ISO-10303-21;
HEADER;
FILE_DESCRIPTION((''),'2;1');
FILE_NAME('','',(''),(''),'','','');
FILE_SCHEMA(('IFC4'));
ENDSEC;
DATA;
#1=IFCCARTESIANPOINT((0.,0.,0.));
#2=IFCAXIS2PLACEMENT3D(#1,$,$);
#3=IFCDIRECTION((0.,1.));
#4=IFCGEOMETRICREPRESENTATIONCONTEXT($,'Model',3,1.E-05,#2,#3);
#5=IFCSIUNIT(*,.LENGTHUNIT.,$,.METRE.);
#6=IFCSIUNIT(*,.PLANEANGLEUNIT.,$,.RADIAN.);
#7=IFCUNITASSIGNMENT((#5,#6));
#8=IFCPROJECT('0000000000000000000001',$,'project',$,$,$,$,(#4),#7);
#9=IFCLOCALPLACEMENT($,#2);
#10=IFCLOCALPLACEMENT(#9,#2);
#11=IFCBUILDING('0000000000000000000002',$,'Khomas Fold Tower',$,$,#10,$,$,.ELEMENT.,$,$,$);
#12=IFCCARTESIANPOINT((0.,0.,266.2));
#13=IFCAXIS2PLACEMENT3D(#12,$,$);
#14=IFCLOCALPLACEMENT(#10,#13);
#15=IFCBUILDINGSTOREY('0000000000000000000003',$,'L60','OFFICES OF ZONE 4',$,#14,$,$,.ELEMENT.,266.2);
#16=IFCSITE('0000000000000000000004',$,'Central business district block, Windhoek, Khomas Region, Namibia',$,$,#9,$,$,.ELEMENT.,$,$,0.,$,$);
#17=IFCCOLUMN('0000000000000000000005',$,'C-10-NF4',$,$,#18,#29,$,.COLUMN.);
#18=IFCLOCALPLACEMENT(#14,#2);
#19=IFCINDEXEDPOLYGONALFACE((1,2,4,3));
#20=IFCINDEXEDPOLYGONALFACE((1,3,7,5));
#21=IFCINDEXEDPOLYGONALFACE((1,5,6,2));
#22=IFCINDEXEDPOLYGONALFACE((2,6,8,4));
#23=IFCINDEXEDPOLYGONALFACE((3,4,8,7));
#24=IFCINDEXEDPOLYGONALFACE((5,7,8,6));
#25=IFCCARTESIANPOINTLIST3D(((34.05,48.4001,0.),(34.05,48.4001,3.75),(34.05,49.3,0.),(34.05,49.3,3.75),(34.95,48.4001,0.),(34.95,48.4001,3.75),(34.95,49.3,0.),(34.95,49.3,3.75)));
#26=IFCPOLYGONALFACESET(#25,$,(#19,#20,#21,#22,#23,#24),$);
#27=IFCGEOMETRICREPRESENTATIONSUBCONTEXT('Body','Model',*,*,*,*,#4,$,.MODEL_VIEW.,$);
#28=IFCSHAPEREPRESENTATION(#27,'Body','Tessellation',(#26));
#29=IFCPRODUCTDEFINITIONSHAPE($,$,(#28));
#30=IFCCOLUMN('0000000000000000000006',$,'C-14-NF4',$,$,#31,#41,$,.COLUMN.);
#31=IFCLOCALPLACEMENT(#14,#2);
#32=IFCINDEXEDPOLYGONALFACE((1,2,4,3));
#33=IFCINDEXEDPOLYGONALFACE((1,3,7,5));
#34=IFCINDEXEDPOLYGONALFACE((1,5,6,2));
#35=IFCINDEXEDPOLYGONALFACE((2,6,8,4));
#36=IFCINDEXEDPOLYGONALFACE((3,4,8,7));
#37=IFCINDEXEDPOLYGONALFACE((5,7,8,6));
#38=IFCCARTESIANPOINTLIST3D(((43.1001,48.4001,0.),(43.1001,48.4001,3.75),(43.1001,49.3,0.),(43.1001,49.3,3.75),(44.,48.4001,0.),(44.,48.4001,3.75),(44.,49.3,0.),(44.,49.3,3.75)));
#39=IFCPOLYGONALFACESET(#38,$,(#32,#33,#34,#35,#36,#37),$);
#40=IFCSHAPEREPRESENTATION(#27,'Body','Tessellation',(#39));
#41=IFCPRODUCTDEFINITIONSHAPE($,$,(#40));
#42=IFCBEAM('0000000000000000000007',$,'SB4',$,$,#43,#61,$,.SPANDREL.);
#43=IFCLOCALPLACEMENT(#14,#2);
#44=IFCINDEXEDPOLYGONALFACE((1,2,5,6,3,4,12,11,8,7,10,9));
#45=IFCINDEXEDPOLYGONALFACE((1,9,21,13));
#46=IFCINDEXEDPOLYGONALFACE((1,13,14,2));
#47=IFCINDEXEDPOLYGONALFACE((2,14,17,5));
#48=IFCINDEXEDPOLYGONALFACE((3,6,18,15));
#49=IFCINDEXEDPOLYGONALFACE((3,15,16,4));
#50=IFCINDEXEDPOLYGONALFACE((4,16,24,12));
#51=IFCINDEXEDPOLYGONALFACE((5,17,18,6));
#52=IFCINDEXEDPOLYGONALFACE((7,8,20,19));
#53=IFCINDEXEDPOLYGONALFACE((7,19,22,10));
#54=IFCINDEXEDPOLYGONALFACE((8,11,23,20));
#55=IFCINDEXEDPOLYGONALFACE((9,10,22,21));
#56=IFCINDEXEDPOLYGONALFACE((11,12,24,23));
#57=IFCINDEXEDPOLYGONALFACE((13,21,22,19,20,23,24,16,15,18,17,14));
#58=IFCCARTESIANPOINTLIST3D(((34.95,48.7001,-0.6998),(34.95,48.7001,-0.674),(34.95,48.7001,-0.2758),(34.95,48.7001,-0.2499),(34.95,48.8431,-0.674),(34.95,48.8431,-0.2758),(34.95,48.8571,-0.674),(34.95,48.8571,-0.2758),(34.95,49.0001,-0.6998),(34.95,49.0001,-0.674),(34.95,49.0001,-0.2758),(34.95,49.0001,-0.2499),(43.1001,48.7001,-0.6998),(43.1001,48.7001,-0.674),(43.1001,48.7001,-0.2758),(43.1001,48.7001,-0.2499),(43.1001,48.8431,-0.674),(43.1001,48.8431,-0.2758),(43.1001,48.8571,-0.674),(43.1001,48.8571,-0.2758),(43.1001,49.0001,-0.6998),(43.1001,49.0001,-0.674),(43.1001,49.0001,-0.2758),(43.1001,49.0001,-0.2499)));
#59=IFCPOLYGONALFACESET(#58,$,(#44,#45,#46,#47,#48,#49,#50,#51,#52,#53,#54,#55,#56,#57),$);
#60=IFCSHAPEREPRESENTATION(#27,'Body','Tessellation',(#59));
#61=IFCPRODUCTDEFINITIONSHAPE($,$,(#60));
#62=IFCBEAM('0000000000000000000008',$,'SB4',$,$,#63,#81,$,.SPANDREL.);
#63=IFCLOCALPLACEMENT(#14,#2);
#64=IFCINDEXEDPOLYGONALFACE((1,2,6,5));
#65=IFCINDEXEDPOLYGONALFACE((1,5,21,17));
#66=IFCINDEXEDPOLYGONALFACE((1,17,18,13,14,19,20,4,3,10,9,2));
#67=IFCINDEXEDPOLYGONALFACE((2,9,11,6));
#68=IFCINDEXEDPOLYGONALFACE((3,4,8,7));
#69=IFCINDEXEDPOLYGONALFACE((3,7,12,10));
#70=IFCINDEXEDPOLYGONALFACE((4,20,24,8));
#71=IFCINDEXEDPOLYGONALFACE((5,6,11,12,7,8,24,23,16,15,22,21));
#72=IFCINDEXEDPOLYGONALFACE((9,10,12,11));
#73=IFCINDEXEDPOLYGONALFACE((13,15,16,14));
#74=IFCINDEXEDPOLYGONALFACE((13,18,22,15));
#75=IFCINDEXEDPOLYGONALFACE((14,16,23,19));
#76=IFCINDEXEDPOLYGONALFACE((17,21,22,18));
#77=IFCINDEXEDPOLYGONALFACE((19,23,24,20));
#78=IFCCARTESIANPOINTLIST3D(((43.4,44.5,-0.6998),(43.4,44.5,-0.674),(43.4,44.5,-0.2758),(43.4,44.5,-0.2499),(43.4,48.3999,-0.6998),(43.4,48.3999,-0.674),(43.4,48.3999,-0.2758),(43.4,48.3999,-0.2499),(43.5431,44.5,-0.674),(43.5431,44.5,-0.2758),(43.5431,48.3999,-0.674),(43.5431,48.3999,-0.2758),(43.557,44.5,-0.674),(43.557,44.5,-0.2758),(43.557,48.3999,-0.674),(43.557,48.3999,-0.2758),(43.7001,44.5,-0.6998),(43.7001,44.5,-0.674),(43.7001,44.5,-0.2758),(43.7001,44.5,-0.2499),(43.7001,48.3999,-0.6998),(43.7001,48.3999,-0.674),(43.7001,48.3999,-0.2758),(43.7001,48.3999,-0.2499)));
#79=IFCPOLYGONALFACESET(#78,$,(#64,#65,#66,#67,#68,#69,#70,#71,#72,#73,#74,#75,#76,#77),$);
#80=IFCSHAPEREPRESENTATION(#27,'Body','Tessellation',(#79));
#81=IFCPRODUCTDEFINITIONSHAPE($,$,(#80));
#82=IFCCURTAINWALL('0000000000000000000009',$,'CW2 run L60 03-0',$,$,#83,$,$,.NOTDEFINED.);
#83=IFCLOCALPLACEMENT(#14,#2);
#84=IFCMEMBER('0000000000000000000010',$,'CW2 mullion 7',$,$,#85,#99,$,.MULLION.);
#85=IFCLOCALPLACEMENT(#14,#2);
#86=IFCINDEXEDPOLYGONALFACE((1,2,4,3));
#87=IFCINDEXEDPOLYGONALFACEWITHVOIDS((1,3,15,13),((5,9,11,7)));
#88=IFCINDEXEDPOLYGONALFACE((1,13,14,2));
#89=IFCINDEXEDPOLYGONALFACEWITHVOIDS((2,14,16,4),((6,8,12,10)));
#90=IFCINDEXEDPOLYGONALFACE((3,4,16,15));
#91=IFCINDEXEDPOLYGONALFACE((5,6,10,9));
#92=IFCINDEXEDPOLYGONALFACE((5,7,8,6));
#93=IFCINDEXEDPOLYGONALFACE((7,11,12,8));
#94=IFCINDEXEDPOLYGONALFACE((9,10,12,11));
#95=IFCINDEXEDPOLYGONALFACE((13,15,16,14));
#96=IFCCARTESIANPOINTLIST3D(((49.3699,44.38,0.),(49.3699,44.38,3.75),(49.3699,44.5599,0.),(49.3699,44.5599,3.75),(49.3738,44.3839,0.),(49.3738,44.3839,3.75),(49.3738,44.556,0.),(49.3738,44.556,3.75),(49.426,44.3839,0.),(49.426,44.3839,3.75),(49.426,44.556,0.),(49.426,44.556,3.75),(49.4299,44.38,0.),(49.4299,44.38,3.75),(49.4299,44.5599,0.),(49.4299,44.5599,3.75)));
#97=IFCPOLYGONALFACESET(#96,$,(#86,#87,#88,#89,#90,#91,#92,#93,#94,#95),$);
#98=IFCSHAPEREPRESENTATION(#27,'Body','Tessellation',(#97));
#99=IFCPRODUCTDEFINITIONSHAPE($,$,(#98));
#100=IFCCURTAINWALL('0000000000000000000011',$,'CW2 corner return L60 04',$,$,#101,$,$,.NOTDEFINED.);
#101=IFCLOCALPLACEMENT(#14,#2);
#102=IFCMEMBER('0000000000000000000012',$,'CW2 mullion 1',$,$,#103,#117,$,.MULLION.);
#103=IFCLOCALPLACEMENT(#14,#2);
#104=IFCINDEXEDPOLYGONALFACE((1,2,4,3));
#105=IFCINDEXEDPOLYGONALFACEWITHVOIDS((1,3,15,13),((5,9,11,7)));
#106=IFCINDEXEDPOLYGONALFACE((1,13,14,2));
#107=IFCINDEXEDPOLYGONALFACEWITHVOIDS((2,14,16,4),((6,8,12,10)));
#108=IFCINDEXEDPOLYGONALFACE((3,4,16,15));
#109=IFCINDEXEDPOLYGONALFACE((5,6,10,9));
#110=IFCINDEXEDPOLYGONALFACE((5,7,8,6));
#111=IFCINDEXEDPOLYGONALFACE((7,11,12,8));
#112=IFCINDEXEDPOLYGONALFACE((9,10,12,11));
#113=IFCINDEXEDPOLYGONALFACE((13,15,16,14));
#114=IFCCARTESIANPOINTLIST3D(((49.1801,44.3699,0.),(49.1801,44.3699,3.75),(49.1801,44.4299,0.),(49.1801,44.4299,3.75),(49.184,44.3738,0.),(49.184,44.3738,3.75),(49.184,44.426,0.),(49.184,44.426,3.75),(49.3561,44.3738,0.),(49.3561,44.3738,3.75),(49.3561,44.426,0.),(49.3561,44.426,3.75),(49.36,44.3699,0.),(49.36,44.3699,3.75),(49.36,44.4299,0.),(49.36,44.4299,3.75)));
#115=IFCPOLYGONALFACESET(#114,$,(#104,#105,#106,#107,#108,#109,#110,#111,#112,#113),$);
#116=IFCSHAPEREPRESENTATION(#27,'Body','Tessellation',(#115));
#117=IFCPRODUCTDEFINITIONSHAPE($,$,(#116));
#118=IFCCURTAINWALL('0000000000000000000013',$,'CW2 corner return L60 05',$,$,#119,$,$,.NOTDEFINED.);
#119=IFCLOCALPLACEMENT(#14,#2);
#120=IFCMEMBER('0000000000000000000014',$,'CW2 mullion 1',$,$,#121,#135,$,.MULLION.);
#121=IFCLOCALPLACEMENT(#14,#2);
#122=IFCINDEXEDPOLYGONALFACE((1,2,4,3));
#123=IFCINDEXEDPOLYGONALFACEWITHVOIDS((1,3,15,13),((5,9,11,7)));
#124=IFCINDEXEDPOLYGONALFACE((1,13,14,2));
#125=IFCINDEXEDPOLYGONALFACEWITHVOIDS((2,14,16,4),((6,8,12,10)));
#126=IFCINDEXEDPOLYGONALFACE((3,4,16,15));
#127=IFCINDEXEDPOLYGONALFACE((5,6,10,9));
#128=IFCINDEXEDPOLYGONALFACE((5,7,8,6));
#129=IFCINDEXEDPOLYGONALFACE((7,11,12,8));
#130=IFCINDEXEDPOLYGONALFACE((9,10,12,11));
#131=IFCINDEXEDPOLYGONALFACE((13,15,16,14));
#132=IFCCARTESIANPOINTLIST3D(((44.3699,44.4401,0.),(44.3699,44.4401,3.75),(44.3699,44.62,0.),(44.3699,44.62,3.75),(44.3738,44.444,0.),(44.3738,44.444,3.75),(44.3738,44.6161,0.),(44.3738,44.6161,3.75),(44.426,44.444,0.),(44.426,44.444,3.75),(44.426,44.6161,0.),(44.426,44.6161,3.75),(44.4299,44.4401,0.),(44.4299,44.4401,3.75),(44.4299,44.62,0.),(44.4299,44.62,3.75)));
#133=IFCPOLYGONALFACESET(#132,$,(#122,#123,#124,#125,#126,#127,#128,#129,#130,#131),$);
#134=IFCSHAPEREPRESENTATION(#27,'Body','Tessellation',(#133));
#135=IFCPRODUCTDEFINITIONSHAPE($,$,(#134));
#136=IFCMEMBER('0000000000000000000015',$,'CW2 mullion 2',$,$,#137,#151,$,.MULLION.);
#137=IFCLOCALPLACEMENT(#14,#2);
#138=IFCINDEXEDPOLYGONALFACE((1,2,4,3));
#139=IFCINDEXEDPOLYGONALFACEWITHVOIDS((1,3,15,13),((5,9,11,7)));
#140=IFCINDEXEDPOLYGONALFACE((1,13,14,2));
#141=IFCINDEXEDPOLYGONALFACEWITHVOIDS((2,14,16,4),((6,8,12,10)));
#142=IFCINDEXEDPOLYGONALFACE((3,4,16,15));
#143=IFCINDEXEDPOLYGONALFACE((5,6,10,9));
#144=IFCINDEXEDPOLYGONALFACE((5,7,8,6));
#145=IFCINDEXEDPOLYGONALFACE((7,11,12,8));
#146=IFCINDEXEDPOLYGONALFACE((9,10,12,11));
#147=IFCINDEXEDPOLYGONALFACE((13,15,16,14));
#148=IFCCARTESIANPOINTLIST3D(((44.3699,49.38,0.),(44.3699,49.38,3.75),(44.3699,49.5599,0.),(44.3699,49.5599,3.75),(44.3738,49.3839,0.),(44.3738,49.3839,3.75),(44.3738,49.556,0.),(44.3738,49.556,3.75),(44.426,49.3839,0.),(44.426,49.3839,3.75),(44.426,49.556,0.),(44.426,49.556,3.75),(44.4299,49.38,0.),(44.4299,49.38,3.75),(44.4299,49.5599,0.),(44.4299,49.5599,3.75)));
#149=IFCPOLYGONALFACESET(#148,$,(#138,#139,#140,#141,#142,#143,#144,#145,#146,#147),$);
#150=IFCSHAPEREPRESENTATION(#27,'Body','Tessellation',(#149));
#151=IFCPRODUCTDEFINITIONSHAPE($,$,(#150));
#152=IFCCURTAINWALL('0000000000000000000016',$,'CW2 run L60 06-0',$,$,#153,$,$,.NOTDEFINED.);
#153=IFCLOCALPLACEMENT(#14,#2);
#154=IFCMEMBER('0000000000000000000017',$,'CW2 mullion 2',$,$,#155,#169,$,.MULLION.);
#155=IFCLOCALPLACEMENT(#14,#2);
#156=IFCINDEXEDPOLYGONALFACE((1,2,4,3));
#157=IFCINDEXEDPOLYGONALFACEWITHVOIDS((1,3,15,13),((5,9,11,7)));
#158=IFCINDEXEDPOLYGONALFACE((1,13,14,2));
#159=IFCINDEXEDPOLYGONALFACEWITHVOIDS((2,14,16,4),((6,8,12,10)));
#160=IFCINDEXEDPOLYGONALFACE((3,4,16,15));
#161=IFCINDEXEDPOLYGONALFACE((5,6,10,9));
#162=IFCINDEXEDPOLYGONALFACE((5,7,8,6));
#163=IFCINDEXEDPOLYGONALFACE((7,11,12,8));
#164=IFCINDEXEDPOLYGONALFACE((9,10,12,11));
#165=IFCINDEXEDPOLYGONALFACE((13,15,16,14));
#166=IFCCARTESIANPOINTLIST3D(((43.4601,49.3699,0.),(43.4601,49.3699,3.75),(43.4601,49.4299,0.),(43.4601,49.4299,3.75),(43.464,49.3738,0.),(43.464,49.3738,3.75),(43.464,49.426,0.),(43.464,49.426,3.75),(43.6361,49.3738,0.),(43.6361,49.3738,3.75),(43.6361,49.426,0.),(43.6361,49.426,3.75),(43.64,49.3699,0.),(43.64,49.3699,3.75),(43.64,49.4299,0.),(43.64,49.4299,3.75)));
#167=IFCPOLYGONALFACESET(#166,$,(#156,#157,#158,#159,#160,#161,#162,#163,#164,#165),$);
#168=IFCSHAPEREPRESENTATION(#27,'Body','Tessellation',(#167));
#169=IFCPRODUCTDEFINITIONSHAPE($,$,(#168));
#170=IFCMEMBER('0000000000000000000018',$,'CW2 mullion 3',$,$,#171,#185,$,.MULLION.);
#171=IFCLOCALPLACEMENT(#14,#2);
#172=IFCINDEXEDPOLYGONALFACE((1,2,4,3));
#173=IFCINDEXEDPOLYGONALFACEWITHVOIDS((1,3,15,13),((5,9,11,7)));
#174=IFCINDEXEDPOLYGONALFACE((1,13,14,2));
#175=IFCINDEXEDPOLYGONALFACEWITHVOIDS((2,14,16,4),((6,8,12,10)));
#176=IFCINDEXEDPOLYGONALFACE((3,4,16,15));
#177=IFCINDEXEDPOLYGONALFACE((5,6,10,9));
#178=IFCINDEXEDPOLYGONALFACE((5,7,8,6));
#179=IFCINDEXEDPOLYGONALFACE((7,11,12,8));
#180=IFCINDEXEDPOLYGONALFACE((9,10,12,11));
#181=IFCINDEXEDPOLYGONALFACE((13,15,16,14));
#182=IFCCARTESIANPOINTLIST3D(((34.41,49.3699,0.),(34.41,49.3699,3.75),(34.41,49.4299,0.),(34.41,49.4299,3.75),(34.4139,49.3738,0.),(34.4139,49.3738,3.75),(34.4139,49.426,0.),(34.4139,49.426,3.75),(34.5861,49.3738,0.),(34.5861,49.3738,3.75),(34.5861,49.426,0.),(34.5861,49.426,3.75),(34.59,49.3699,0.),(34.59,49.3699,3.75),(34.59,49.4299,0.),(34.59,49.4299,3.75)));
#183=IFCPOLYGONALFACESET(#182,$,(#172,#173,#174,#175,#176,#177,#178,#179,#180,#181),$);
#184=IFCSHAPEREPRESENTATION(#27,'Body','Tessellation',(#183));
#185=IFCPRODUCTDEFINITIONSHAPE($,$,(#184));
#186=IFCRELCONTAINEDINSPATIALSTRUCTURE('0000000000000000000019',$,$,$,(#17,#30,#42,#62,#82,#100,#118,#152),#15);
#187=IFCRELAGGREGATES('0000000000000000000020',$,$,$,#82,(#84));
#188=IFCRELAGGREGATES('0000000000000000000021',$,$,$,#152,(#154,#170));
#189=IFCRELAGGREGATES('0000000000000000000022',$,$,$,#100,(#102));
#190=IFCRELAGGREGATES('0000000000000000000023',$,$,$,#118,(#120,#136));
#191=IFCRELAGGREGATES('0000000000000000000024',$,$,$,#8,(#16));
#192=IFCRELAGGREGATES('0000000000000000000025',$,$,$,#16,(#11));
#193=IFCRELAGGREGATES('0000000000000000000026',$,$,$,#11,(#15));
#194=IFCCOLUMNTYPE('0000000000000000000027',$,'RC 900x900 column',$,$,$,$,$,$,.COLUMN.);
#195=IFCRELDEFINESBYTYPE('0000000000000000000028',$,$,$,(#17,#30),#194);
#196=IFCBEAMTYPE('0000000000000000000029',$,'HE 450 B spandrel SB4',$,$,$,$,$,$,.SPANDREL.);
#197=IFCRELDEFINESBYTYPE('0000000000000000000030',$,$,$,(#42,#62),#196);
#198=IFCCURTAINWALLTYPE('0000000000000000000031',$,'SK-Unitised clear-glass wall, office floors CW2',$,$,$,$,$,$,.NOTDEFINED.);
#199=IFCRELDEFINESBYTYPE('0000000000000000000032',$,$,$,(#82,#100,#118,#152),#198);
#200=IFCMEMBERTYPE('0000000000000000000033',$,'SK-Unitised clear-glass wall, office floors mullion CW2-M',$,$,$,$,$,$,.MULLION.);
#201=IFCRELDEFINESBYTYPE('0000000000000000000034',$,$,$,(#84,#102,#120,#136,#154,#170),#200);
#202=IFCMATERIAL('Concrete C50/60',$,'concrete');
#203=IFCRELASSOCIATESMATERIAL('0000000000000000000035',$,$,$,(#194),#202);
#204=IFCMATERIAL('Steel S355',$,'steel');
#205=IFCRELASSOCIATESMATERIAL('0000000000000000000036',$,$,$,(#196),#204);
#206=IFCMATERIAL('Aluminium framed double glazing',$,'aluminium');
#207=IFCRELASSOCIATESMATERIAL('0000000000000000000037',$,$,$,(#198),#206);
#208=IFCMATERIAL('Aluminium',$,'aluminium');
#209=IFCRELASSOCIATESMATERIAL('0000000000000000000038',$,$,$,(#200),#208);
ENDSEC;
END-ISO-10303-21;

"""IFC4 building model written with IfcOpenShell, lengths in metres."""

from ifc_helpers import new_model, si_unit, direction, frame, origin, origin_2d, place, context, subcontext, project, spatial, rectangle, hollow_rectangle, i_section, extrude, source, transform, mapped, material, material_profile, profile_set, type_object, element, aggregate, save


model = new_model("IFC4")

# Units and contexts
model_context = context("Model", 3, precision=1e-05, world=origin(), true_north=direction((0.0, 1.0)))
body_context = subcontext(model_context, "Body", "Model", "MODEL_VIEW")
ifc_project = project(units=[si_unit("LENGTHUNIT", "METRE"), si_unit("PLANEANGLEUNIT", "RADIAN")], contexts=[model_context])

# Site, building, storey
site_placement = place(None, origin())
site = spatial("IfcSite", under=ifc_project, at=site_placement, Name="Central business district block, Windhoek, Khomas Region, Namibia", CompositionType="ELEMENT", RefElevation=0.0)
building_placement = place(site_placement, origin())
building = spatial("IfcBuilding", under=site, at=building_placement, Name="Khomas Fold Tower", CompositionType="ELEMENT")
storey_placement = place(building_placement, frame((0.0, 0.0, 266.2)))
storey = spatial("IfcBuildingStorey", under=building, at=storey_placement, Name="L60", Description="OFFICES OF ZONE 4", CompositionType="ELEMENT", Elevation=266.2)

# Columns
ifc_material_1 = material(Name="Concrete C50/60", Category="concrete")
ifc_material_profile_1 = material_profile(ifc_material_1, rectangle(XDim=0.8999, YDim=0.8999, at=origin_2d()), Name="RC 900x900")
ifc_profile_set_1 = profile_set([ifc_material_profile_1], Name="Concrete C50/60")
column_type = type_object("IfcColumnType", Name="RC 900x900 column", PredefinedType="COLUMN", material=ifc_profile_set_1)
shared_shape_1 = source(origin(), body_context, "Body", "SweptSolid", [
    extrude(rectangle(XDim=0.8999, YDim=0.8999, at=origin_2d()), origin(), (0.0, 0.0, 1.0), 3.75),
])
for number, where, z_axis, x_axis, name in (
    (1, (34.5, 48.8501, 0.0), (0.0, 0.0, 1.0), (1.0, 0.0, 0.0), "C-10-NF4"),
    (2, (43.55, 48.8501, 0.0), (0.0, 0.0, 1.0), (1.0, 0.0, 0.0), "C-14-NF4"),
):
    element("IfcColumn", number, at=place(storey_placement, frame(where, z_axis=z_axis, x_axis=x_axis)), inside=storey, type_object=column_type, Name=name, PredefinedType="COLUMN", context=body_context, shape_type="MappedRepresentation", body=[
        mapped(shared_shape_1, transform((0.0, 0.0, 0.0))),
    ])

# Beams
ifc_material_2 = material(Name="Steel S355", Category="steel")
ifc_material_profile_2 = material_profile(ifc_material_2, i_section(OverallWidth=0.3, OverallDepth=0.45, WebThickness=0.0139, FlangeThickness=0.0259, at=origin_2d()), Name="HE 450 B")
ifc_profile_set_2 = profile_set([ifc_material_profile_2], Name="Steel S355")
beam_type = type_object("IfcBeamType", Name="HE 450 B spandrel SB4", PredefinedType="SPANDREL", material=ifc_profile_set_2)
shared_shape_2 = source(origin(), body_context, "Body", "SweptSolid", [
    extrude(i_section(OverallWidth=0.3, OverallDepth=0.45, WebThickness=0.0139, FlangeThickness=0.0259, at=origin_2d()), origin(), (0.0, 0.0, 1.0), 8.1501),
])
beam_1_placement = place(storey_placement, frame((34.95, 48.8501, -0.4749), z_axis=(1.0, 0.0, 0.0), x_axis=(0.0, 1.0, 0.0)))
element("IfcBeam", 3, at=beam_1_placement, inside=storey, type_object=beam_type, Name="SB4", PredefinedType="SPANDREL", context=body_context, shape_type="MappedRepresentation", body=[
    mapped(shared_shape_2, transform((0.0, 0.0, 0.0))),
])
shared_shape_3 = source(origin(), body_context, "Body", "SweptSolid", [
    extrude(i_section(OverallWidth=0.3, OverallDepth=0.45, WebThickness=0.0139, FlangeThickness=0.0259, at=origin_2d()), origin(), (0.0, 0.0, 1.0), 3.8999),
])
beam_2_placement = place(storey_placement, frame((43.55, 44.5, -0.4749), z_axis=(0.0, 1.0, 0.0), x_axis=(-1.0, 0.0, 0.0)))
element("IfcBeam", 4, at=beam_2_placement, inside=storey, type_object=beam_type, Name="SB4", PredefinedType="SPANDREL", context=body_context, shape_type="MappedRepresentation", body=[
    mapped(shared_shape_3, transform((0.0, 0.0, 0.0))),
])

# Curtain walls, members
ifc_material_3 = material(Name="Aluminium framed double glazing", Category="aluminium")
curtain_wall_type = type_object("IfcCurtainWallType", Name="SK-Unitised clear-glass wall, office floors CW2", PredefinedType="NOTDEFINED", material=ifc_material_3)
curtain_wall_1_placement = place(storey_placement, origin())
curtain_wall_1 = element("IfcCurtainWall", 5, at=curtain_wall_1_placement, inside=storey, type_object=curtain_wall_type, Name="CW2 run L60 03-0", PredefinedType="NOTDEFINED")
ifc_material_4 = material(Name="Aluminium", Category="aluminium")
ifc_material_profile_3 = material_profile(ifc_material_4, hollow_rectangle(XDim=0.0601, YDim=0.1799, WallThickness=0.0039, at=origin_2d()), Name="SK-Unitised clear-glass wall, office floors mullion CW2-M")
ifc_profile_set_3 = profile_set([ifc_material_profile_3], Name="Aluminium")
member_type_1 = type_object("IfcMemberType", Name="SK-Unitised clear-glass wall, office floors mullion CW2-M", PredefinedType="MULLION", material=ifc_profile_set_3)
shared_shape_4 = source(origin(), body_context, "Body", "SweptSolid", [
    extrude(hollow_rectangle(XDim=0.0601, YDim=0.1799, WallThickness=0.0039, at=origin_2d()), origin(), (0.0, 0.0, 1.0), 3.75),
])
member_1_placement = place(storey_placement, frame((49.3999, 44.47, 0.0), z_axis=(0.0, 0.0, 1.0), x_axis=(-1.0, 0.0, 0.0)))
member_1 = element("IfcMember", 6, at=member_1_placement, type_object=member_type_1, Name="CW2 mullion 7", PredefinedType="MULLION", context=body_context, shape_type="MappedRepresentation", body=[
    mapped(shared_shape_4, transform((0.0, 0.0, 0.0))),
])
aggregate(curtain_wall_1, [member_1])
curtain_wall_2_placement = place(storey_placement, origin())
curtain_wall_2 = element("IfcCurtainWall", 7, at=curtain_wall_2_placement, inside=storey, type_object=curtain_wall_type, Name="CW2 corner return L60 04", PredefinedType="NOTDEFINED")
member_2_placement = place(storey_placement, frame((49.27, 44.3999, 0.0), z_axis=(0.0, 0.0, 1.0), x_axis=(0.0, -1.0, 0.0)))
member_2 = element("IfcMember", 8, at=member_2_placement, type_object=member_type_1, Name="CW2 mullion 1", PredefinedType="MULLION", context=body_context, shape_type="MappedRepresentation", body=[
    mapped(shared_shape_4, transform((0.0, 0.0, 0.0))),
])

# Curtain walls, members
curtain_wall_3_placement = place(storey_placement, origin())
curtain_wall_3 = element("IfcCurtainWall", 9, at=curtain_wall_3_placement, inside=storey, type_object=curtain_wall_type, Name="CW2 corner return L60 05", PredefinedType="NOTDEFINED")
member_3_placement = place(storey_placement, frame((44.3999, 44.53, 0.0), z_axis=(0.0, 0.0, 1.0), x_axis=(-1.0, 0.0, 0.0)))
member_3 = element("IfcMember", 10, at=member_3_placement, type_object=member_type_1, Name="CW2 mullion 1", PredefinedType="MULLION", context=body_context, shape_type="MappedRepresentation", body=[
    mapped(shared_shape_4, transform((0.0, 0.0, 0.0))),
])
member_4_placement = place(storey_placement, frame((44.3999, 49.47, 0.0), z_axis=(0.0, 0.0, 1.0), x_axis=(-1.0, 0.0, 0.0)))
member_4 = element("IfcMember", 11, at=member_4_placement, type_object=member_type_1, Name="CW2 mullion 2", PredefinedType="MULLION", context=body_context, shape_type="MappedRepresentation", body=[
    mapped(shared_shape_4, transform((0.0, 0.0, 0.0))),
])
curtain_wall_4_placement = place(storey_placement, origin())
curtain_wall_4 = element("IfcCurtainWall", 12, at=curtain_wall_4_placement, inside=storey, type_object=curtain_wall_type, Name="CW2 run L60 06-0", PredefinedType="NOTDEFINED")
member_5_placement = place(storey_placement, frame((43.55, 49.3999, 0.0), z_axis=(0.0, 0.0, 1.0), x_axis=(0.0, -1.0, 0.0)))
member_5 = element("IfcMember", 13, at=member_5_placement, type_object=member_type_1, Name="CW2 mullion 2", PredefinedType="MULLION", context=body_context, shape_type="MappedRepresentation", body=[
    mapped(shared_shape_4, transform((0.0, 0.0, 0.0))),
])
member_6_placement = place(storey_placement, frame((34.5, 49.3999, 0.0), z_axis=(0.0, 0.0, 1.0), x_axis=(0.0, -1.0, 0.0)))
member_6 = element("IfcMember", 14, at=member_6_placement, type_object=member_type_1, Name="CW2 mullion 3", PredefinedType="MULLION", context=body_context, shape_type="MappedRepresentation", body=[
    mapped(shared_shape_4, transform((0.0, 0.0, 0.0))),
])

aggregate(curtain_wall_4, [member_5, member_6])
aggregate(curtain_wall_2, [member_2])
aggregate(curtain_wall_3, [member_3, member_4])

save(model, "model.ifc")
